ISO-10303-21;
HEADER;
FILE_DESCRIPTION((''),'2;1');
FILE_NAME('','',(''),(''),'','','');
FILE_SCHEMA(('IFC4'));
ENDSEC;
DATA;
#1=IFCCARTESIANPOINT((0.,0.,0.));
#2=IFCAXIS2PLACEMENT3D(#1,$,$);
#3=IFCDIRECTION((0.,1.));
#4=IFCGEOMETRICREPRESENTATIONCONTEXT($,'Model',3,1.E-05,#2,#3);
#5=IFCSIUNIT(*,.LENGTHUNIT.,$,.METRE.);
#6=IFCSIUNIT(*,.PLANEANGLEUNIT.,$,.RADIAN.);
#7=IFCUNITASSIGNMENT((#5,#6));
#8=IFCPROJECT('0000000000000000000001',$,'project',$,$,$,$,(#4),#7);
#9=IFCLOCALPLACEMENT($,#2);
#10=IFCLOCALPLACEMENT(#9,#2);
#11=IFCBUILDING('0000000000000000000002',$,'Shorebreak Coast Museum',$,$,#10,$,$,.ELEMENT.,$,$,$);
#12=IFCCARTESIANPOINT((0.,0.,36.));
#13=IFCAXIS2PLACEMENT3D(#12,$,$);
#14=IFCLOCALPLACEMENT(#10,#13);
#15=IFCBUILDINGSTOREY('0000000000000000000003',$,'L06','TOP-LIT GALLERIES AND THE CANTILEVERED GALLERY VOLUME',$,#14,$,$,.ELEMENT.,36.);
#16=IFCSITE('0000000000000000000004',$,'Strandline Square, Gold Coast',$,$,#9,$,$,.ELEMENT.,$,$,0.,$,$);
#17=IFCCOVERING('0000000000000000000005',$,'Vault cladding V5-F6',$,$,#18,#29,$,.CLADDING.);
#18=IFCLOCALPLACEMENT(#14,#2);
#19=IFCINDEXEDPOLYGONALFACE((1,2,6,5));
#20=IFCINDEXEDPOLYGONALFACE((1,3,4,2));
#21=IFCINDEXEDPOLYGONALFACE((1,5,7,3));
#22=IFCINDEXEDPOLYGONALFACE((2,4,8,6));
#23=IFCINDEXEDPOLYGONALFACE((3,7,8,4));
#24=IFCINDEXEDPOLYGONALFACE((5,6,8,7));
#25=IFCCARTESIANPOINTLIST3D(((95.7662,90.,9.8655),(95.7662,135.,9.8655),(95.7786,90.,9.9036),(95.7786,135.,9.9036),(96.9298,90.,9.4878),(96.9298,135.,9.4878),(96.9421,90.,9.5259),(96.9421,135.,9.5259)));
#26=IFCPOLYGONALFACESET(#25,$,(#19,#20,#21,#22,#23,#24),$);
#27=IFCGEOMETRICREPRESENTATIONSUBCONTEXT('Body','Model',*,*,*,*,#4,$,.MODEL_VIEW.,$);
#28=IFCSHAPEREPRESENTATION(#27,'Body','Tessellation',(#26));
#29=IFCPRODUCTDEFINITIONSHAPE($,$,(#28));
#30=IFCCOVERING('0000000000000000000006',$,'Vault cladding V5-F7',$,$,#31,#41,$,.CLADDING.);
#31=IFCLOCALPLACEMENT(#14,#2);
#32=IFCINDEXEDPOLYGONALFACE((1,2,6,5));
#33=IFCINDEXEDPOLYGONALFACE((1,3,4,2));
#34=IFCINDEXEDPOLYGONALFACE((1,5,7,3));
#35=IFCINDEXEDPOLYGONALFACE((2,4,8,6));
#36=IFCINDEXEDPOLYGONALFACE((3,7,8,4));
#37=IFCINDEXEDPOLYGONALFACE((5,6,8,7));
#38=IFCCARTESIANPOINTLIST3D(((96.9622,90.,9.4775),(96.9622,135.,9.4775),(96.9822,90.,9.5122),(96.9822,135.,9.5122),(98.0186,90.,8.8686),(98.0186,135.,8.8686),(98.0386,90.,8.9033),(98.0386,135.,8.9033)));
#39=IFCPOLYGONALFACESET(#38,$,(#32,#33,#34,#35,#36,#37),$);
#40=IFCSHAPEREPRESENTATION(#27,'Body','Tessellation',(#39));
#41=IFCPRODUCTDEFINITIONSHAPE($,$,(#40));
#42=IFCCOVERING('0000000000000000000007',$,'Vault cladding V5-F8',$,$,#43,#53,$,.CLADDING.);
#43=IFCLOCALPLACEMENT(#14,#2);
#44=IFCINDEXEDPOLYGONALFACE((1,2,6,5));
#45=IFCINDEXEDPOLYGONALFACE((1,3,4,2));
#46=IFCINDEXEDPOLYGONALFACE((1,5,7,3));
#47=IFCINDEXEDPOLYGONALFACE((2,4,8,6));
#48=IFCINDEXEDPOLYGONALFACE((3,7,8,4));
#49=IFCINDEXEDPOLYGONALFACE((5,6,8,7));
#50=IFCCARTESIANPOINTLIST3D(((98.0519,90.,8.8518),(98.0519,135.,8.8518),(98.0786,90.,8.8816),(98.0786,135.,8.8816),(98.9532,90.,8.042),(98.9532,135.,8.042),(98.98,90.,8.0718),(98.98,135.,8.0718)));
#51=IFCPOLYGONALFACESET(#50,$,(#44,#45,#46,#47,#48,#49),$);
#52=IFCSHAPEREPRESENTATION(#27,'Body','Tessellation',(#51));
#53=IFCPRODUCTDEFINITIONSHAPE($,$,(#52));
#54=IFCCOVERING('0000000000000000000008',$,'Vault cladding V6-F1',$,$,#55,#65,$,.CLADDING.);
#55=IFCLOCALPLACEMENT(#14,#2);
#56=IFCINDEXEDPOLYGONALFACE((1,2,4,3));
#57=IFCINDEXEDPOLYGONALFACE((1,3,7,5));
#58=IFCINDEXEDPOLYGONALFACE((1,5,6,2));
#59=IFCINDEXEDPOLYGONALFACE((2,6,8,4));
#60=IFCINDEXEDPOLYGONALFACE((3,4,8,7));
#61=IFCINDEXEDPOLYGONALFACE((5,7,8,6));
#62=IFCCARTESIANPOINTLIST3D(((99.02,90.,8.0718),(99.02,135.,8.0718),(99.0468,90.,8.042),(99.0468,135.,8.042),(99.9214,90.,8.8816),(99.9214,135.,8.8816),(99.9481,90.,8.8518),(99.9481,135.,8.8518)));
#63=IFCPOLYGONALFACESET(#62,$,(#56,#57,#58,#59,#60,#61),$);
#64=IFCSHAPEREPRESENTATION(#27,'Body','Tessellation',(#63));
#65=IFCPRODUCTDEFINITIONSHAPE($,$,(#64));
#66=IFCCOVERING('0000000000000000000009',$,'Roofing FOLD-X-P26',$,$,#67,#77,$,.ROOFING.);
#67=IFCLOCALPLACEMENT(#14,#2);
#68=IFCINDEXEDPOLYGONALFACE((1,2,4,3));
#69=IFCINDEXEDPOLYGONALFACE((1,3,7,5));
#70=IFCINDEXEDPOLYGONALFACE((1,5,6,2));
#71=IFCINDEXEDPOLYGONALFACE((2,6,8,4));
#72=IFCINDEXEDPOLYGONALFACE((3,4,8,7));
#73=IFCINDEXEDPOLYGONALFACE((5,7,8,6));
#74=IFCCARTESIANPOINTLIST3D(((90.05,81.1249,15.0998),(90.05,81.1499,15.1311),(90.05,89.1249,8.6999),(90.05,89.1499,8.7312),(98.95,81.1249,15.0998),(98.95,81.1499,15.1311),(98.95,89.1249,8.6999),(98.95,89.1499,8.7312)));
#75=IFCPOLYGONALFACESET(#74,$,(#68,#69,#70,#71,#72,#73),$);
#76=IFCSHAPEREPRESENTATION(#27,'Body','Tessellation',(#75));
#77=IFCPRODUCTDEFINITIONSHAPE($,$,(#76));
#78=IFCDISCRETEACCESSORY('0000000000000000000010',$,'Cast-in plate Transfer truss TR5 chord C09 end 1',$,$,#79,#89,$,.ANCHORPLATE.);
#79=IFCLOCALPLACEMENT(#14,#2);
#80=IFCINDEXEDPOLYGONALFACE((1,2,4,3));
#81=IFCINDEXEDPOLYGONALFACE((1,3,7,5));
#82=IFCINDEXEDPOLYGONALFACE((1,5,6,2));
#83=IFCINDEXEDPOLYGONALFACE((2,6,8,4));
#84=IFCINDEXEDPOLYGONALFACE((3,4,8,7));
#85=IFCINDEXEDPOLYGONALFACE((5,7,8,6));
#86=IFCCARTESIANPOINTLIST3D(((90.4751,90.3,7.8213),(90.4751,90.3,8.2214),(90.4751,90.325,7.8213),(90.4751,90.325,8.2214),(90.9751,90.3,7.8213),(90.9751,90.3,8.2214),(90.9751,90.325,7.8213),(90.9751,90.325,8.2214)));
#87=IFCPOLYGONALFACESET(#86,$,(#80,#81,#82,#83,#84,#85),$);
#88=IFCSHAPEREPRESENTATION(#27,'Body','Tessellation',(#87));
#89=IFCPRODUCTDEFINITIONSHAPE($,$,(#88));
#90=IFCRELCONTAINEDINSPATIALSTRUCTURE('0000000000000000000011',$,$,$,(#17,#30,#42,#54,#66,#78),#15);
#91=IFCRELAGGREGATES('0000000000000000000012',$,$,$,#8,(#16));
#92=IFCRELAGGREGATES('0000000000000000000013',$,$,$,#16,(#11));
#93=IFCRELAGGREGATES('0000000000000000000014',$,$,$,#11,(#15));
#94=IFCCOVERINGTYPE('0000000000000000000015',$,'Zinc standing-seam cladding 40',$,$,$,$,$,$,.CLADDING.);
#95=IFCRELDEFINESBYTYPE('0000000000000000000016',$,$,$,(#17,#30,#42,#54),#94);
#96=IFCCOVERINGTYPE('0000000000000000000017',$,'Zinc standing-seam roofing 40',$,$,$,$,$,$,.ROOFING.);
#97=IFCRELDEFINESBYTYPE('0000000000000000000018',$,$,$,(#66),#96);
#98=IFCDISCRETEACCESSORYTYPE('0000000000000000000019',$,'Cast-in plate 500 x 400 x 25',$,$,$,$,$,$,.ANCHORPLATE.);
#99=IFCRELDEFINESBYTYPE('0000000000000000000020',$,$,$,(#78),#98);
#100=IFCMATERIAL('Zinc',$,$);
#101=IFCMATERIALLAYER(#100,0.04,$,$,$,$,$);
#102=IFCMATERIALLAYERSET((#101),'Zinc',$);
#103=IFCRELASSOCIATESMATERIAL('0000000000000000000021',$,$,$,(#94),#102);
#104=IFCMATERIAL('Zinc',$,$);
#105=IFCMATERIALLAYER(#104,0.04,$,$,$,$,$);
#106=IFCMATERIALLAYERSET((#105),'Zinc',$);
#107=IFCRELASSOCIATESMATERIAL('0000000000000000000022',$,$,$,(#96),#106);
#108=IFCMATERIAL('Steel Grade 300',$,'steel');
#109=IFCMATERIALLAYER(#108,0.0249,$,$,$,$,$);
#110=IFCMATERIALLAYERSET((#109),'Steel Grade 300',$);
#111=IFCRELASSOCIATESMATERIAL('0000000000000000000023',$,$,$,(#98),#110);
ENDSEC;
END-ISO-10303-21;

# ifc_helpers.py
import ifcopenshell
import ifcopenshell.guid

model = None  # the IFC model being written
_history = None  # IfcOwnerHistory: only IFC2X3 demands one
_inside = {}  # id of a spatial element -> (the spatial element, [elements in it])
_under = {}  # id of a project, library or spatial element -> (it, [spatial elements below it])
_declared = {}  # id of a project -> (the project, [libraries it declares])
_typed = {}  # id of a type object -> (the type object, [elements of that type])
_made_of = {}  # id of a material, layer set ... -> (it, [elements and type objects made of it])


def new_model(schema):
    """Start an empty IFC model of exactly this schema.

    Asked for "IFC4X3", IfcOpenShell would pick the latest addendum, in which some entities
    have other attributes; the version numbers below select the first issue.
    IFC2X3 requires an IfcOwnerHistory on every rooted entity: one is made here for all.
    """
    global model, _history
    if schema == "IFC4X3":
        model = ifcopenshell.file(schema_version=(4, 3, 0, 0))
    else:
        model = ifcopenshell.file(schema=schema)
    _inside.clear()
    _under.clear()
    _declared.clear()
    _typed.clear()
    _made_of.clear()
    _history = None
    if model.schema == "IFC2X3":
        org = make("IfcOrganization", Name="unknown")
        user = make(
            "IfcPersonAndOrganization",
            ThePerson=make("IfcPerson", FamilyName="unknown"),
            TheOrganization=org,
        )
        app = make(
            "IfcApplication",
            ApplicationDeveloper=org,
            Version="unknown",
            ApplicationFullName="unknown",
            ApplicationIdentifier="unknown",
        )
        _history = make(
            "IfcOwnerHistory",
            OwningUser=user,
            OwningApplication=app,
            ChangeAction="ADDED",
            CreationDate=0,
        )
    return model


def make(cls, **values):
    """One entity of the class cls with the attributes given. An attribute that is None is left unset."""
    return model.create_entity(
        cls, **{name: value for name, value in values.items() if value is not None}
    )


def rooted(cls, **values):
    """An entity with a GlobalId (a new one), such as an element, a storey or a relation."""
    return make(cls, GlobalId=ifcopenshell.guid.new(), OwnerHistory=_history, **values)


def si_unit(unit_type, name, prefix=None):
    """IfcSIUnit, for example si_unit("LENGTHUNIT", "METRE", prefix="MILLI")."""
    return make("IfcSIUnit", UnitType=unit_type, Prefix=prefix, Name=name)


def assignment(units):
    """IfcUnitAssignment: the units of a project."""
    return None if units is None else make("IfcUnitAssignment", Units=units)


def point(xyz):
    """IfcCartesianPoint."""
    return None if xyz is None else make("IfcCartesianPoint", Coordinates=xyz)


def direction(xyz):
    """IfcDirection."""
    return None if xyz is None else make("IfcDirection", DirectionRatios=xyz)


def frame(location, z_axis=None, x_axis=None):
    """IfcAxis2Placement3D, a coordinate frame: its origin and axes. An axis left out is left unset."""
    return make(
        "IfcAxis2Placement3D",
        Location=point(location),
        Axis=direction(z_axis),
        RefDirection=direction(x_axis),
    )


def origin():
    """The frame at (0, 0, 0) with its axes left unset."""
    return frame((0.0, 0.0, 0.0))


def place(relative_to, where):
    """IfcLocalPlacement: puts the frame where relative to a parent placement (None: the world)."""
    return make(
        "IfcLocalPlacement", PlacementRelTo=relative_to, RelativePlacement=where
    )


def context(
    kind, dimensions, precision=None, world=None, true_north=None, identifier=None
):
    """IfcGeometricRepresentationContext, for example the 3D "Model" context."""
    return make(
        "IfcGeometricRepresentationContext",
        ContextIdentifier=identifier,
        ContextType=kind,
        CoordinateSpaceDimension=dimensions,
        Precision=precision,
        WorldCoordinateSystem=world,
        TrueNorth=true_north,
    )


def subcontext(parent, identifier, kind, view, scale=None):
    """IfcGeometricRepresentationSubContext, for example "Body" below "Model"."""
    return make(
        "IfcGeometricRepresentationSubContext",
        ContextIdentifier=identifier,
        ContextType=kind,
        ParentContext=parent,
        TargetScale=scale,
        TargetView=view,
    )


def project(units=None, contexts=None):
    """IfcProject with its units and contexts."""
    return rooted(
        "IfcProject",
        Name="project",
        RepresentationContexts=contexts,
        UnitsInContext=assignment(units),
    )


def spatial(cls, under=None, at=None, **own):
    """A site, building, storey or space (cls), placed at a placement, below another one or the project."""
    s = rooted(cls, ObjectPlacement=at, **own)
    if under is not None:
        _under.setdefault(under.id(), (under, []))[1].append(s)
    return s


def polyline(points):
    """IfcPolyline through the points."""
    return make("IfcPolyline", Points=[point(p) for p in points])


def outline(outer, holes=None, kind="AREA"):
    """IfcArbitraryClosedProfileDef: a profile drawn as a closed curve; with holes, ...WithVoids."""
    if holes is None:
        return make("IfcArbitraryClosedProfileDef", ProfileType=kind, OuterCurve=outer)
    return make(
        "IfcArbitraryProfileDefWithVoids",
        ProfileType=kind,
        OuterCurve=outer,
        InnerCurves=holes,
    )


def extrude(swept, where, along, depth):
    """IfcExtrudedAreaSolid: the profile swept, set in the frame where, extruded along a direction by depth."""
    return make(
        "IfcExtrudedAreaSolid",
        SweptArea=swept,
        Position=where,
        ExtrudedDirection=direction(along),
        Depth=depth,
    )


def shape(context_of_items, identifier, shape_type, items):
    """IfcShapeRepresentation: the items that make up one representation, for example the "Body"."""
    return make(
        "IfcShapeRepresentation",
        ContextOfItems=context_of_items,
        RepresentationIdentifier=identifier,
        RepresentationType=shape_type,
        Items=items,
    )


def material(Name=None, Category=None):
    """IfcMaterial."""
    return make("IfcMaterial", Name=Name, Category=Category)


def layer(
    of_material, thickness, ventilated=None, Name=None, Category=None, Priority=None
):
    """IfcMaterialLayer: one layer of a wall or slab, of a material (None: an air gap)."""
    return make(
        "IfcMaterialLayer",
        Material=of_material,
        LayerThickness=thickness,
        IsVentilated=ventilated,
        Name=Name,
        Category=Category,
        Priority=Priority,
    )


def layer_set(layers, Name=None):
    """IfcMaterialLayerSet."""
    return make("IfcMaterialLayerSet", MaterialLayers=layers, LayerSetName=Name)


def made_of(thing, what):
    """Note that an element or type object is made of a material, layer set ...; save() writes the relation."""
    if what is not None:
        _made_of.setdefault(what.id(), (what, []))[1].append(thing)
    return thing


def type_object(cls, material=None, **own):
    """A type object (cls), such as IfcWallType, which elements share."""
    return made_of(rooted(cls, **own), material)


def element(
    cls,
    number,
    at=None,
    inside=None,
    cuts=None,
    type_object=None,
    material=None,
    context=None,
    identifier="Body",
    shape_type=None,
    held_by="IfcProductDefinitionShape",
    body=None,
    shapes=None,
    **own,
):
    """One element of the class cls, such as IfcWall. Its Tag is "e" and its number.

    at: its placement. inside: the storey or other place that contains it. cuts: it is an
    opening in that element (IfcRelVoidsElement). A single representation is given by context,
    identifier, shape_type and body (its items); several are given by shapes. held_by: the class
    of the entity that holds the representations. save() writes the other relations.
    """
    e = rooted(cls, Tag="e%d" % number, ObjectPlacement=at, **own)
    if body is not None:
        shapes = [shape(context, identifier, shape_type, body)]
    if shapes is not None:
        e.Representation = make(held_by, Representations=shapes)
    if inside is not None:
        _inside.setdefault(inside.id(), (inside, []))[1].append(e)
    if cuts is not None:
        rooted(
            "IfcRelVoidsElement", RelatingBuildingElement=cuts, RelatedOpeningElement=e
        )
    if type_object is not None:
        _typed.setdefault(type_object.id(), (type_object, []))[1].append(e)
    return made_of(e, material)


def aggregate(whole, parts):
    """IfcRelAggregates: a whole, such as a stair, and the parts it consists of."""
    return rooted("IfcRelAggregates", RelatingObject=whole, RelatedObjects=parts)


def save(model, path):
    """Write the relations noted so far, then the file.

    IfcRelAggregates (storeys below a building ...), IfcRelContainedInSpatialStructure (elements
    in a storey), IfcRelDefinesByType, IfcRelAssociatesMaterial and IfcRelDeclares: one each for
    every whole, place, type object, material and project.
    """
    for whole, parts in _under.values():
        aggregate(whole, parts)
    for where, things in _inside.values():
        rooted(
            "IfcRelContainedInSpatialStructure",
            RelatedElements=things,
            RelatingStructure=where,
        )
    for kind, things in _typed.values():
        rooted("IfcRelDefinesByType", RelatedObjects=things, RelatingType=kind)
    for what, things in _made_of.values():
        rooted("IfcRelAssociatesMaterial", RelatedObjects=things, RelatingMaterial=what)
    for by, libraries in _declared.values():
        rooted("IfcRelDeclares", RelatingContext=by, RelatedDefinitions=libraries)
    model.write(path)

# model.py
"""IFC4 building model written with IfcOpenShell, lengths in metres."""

from ifc_helpers import new_model, si_unit, direction, frame, origin, place, context, subcontext, project, spatial, polyline, outline, extrude, material, layer, layer_set, type_object, element, save


model = new_model("IFC4")

# Units and contexts
model_context = context("Model", 3, precision=1e-05, world=origin(), true_north=direction((0.0, 1.0)))
body_context = subcontext(model_context, "Body", "Model", "MODEL_VIEW")
ifc_project = project(units=[si_unit("LENGTHUNIT", "METRE"), si_unit("PLANEANGLEUNIT", "RADIAN")], contexts=[model_context])

# Site, building, storey
site_placement = place(None, origin())
site = spatial("IfcSite", under=ifc_project, at=site_placement, Name="Strandline Square, Gold Coast", CompositionType="ELEMENT", RefElevation=0.0)
building_placement = place(site_placement, origin())
building = spatial("IfcBuilding", under=site, at=building_placement, Name="Shorebreak Coast Museum", CompositionType="ELEMENT")
storey_placement = place(building_placement, frame((0.0, 0.0, 36.0)))
storey = spatial("IfcBuildingStorey", under=building, at=storey_placement, Name="L06", Description="TOP-LIT GALLERIES AND THE CANTILEVERED GALLERY VOLUME", CompositionType="ELEMENT", Elevation=36.0)

# Coverings
ifc_material_1 = material(Name="Zinc")
ifc_layer_1 = layer(ifc_material_1, 0.04)
ifc_layer_set_1 = layer_set([ifc_layer_1], Name="Zinc")
covering_type_1 = type_object("IfcCoveringType", Name="Zinc standing-seam cladding 40", PredefinedType="CLADDING", material=ifc_layer_set_1)
covering_1_placement = place(storey_placement, frame((95.7786, 90.0, 9.9036), z_axis=(0.308734, 0.0, 0.951148), x_axis=(0.951148, 0.0, -0.308734)))
element("IfcCovering", 1, at=covering_1_placement, inside=storey, type_object=covering_type_1, Name="Vault cladding V5-F6", PredefinedType="CLADDING", context=body_context, shape_type="SweptSolid", body=[
    extrude(outline(polyline([(0.0, 0.0), (1.2233, 0.0), (1.2233, 45.0), (0.0, 45.0), (0.0, 0.0)])), origin(), (0.0, 0.0, -1.0), 0.04),
])
covering_2_placement = place(storey_placement, frame((96.9822, 90.0, 9.5122), z_axis=(0.49937, 0.0, 0.866389), x_axis=(0.866389, 0.0, -0.49937)))
element("IfcCovering", 2, at=covering_2_placement, inside=storey, type_object=covering_type_1, Name="Vault cladding V5-F7", PredefinedType="CLADDING", context=body_context, shape_type="SweptSolid", body=[
    extrude(outline(polyline([(0.0, 0.0), (1.2193, 0.0), (1.2193, 45.0), (0.0, 45.0), (0.0, 0.0)])), origin(), (0.0, 0.0, -1.0), 0.04),
])
for number, where, z_axis, x_axis, name in (
    (3, (98.0786, 90.0, 8.8816), (0.668319, 0.0, 0.743875), (0.743875, 0.0, -0.668319), "Vault cladding V5-F8"),
    (4, (99.02, 90.0, 8.0718), (-0.668319, 0.0, 0.743875), (0.743875, 0.0, 0.668319), "Vault cladding V6-F1"),
):
    element("IfcCovering", number, at=place(storey_placement, frame(where, z_axis=z_axis, x_axis=x_axis)), inside=storey, type_object=covering_type_1, Name=name, PredefinedType="CLADDING", context=body_context, shape_type="SweptSolid", body=[
        extrude(outline(polyline([(0.0, 0.0), (1.2117, 0.0), (1.2117, 45.0), (0.0, 45.0), (0.0, 0.0)])), origin(), (0.0, 0.0, -1.0), 0.04),
    ])
ifc_material_2 = material(Name="Zinc")
ifc_layer_2 = layer(ifc_material_2, 0.04)
ifc_layer_set_2 = layer_set([ifc_layer_2], Name="Zinc")
covering_type_2 = type_object("IfcCoveringType", Name="Zinc standing-seam roofing 40", PredefinedType="ROOFING", material=ifc_layer_set_2)
covering_3_placement = place(storey_placement, frame((90.05, 81.1499, 15.1311), z_axis=(0.0, 0.624689, 0.780873), x_axis=(1.0, 0.0, 0.0)))
element("IfcCovering", 5, at=covering_3_placement, inside=storey, type_object=covering_type_2, Name="Roofing FOLD-X-P26", PredefinedType="ROOFING", context=body_context, shape_type="SweptSolid", body=[
    extrude(outline(polyline([(0.0, 0.0), (8.8999, 0.0), (8.8999, 10.2449), (0.0, 10.2449), (0.0, 0.0)])), origin(), (0.0, 0.0, -1.0), 0.04),
])

# Discrete accessory
ifc_material_3 = material(Name="Steel Grade 300", Category="steel")
ifc_layer_3 = layer(ifc_material_3, 0.0249)
ifc_layer_set_3 = layer_set([ifc_layer_3], Name="Steel Grade 300")
discrete_accessory_type = type_object("IfcDiscreteAccessoryType", Name="Cast-in plate 500 x 400 x 25", PredefinedType="ANCHORPLATE", material=ifc_layer_set_3)
discrete_accessory_placement = place(storey_placement, frame((90.4751, 90.3, 7.8213), z_axis=(0.0, -1.0, 0.0), x_axis=(1.0, 0.0, 0.0)))
element("IfcDiscreteAccessory", 6, at=discrete_accessory_placement, inside=storey, type_object=discrete_accessory_type, Name="Cast-in plate Transfer truss TR5 chord C09 end 1", PredefinedType="ANCHORPLATE", context=body_context, shape_type="SweptSolid", body=[
    extrude(outline(polyline([(0.0, 0.0), (0.5, 0.0), (0.5, 0.4001), (0.0, 0.4001), (0.0, 0.0)])), origin(), (0.0, 0.0, -1.0), 0.0249),
])

save(model, "model.ifc")
